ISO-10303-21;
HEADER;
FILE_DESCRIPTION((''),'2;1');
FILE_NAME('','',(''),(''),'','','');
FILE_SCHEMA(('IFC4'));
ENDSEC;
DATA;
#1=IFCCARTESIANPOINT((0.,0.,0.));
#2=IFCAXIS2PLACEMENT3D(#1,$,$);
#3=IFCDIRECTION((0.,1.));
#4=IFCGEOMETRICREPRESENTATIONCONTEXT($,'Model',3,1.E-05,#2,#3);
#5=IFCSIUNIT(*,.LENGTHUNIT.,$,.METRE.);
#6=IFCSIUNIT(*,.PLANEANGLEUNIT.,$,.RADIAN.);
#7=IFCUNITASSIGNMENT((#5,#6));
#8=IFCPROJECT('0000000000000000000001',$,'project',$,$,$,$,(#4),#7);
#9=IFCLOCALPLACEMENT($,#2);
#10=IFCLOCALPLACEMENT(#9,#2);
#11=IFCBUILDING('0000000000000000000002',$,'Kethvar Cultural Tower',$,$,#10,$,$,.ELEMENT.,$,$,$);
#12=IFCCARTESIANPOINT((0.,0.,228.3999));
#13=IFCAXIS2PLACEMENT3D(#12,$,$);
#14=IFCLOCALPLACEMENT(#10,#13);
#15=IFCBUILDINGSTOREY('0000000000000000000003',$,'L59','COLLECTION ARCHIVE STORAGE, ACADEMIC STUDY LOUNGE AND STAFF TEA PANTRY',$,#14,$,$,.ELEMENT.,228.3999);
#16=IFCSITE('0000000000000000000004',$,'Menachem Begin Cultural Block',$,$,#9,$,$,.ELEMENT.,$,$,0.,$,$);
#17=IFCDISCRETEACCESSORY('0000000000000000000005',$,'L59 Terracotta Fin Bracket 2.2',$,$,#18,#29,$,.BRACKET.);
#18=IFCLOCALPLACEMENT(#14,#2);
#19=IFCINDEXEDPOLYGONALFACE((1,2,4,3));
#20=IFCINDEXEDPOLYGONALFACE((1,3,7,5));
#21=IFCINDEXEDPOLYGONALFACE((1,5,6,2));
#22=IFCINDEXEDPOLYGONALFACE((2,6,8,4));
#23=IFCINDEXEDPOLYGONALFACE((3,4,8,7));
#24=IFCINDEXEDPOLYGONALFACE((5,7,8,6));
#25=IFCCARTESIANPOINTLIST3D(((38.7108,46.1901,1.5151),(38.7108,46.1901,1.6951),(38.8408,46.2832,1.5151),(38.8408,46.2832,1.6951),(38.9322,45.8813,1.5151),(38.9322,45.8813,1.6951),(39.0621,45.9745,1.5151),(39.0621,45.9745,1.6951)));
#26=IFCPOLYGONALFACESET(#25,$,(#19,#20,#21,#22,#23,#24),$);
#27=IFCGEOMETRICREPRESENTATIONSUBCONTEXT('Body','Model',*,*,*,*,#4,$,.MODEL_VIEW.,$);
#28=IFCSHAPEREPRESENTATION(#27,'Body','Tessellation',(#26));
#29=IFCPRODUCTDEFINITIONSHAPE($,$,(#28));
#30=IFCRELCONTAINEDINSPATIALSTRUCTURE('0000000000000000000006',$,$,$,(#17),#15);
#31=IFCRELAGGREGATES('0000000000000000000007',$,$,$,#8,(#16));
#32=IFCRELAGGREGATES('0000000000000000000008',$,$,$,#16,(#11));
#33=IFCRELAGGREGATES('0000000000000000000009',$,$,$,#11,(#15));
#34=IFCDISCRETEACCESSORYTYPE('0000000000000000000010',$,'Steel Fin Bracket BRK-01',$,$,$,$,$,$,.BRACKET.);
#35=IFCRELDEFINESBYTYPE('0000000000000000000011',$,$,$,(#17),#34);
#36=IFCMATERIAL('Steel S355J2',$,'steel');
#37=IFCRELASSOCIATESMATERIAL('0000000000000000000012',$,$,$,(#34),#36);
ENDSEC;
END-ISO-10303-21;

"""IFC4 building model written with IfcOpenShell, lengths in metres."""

from ifc_helpers import new_model, si_unit, direction, frame, origin, origin_2d, place, context, subcontext, project, spatial, rectangle, extrude, source, transform, mapped, material, type_object, element, save


model = new_model("IFC4")

# Units and contexts
model_context = context("Model", 3, precision=1e-05, world=origin(), true_north=direction((0.0, 1.0)))
body_context = subcontext(model_context, "Body", "Model", "MODEL_VIEW")
ifc_project = project(units=[si_unit("LENGTHUNIT", "METRE"), si_unit("PLANEANGLEUNIT", "RADIAN")], contexts=[model_context])

# Site, building, storey
site_placement = place(None, origin())
site = spatial("IfcSite", under=ifc_project, at=site_placement, Name="Menachem Begin Cultural Block", CompositionType="ELEMENT", RefElevation=0.0)
building_placement = place(site_placement, origin())
building = spatial("IfcBuilding", under=site, at=building_placement, Name="Kethvar Cultural Tower", CompositionType="ELEMENT")
storey_placement = place(building_placement, frame((0.0, 0.0, 228.3999)))
storey = spatial("IfcBuildingStorey", under=building, at=storey_placement, Name="L59", Description="COLLECTION ARCHIVE STORAGE, ACADEMIC STUDY LOUNGE AND STAFF TEA PANTRY", CompositionType="ELEMENT", Elevation=228.3999)

# Shared definitions
ifc_material_1 = material(Name="Steel S355J2", Category="steel")

# Discrete accessory
discrete_accessory_type = type_object("IfcDiscreteAccessoryType", Name="Steel Fin Bracket BRK-01", PredefinedType="BRACKET", material=ifc_material_1)
shared_shape_1 = source(origin(), body_context, "Body", "SweptSolid", [
    extrude(rectangle(XDim=0.3799, YDim=0.1599, at=origin_2d()), origin(), (0.0, 0.0, 1.0), 0.1799),
])
for number, where, z_axis, x_axis, name in (
    (1, (38.8865, 46.0823, 1.5151), (0.0, 0.0, 1.0), (-0.58269, 0.812694, 0.0), "L59 Terracotta Fin Bracket 2.2"),
):
    element("IfcDiscreteAccessory", number, at=place(storey_placement, frame(where, z_axis=z_axis, x_axis=x_axis)), inside=storey, type_object=discrete_accessory_type, Name=name, PredefinedType="BRACKET", context=body_context, shape_type="MappedRepresentation", body=[
        mapped(shared_shape_1, transform((0.0, 0.0, 0.0), scale=1.0)),
    ])

save(model, "model.ifc")
